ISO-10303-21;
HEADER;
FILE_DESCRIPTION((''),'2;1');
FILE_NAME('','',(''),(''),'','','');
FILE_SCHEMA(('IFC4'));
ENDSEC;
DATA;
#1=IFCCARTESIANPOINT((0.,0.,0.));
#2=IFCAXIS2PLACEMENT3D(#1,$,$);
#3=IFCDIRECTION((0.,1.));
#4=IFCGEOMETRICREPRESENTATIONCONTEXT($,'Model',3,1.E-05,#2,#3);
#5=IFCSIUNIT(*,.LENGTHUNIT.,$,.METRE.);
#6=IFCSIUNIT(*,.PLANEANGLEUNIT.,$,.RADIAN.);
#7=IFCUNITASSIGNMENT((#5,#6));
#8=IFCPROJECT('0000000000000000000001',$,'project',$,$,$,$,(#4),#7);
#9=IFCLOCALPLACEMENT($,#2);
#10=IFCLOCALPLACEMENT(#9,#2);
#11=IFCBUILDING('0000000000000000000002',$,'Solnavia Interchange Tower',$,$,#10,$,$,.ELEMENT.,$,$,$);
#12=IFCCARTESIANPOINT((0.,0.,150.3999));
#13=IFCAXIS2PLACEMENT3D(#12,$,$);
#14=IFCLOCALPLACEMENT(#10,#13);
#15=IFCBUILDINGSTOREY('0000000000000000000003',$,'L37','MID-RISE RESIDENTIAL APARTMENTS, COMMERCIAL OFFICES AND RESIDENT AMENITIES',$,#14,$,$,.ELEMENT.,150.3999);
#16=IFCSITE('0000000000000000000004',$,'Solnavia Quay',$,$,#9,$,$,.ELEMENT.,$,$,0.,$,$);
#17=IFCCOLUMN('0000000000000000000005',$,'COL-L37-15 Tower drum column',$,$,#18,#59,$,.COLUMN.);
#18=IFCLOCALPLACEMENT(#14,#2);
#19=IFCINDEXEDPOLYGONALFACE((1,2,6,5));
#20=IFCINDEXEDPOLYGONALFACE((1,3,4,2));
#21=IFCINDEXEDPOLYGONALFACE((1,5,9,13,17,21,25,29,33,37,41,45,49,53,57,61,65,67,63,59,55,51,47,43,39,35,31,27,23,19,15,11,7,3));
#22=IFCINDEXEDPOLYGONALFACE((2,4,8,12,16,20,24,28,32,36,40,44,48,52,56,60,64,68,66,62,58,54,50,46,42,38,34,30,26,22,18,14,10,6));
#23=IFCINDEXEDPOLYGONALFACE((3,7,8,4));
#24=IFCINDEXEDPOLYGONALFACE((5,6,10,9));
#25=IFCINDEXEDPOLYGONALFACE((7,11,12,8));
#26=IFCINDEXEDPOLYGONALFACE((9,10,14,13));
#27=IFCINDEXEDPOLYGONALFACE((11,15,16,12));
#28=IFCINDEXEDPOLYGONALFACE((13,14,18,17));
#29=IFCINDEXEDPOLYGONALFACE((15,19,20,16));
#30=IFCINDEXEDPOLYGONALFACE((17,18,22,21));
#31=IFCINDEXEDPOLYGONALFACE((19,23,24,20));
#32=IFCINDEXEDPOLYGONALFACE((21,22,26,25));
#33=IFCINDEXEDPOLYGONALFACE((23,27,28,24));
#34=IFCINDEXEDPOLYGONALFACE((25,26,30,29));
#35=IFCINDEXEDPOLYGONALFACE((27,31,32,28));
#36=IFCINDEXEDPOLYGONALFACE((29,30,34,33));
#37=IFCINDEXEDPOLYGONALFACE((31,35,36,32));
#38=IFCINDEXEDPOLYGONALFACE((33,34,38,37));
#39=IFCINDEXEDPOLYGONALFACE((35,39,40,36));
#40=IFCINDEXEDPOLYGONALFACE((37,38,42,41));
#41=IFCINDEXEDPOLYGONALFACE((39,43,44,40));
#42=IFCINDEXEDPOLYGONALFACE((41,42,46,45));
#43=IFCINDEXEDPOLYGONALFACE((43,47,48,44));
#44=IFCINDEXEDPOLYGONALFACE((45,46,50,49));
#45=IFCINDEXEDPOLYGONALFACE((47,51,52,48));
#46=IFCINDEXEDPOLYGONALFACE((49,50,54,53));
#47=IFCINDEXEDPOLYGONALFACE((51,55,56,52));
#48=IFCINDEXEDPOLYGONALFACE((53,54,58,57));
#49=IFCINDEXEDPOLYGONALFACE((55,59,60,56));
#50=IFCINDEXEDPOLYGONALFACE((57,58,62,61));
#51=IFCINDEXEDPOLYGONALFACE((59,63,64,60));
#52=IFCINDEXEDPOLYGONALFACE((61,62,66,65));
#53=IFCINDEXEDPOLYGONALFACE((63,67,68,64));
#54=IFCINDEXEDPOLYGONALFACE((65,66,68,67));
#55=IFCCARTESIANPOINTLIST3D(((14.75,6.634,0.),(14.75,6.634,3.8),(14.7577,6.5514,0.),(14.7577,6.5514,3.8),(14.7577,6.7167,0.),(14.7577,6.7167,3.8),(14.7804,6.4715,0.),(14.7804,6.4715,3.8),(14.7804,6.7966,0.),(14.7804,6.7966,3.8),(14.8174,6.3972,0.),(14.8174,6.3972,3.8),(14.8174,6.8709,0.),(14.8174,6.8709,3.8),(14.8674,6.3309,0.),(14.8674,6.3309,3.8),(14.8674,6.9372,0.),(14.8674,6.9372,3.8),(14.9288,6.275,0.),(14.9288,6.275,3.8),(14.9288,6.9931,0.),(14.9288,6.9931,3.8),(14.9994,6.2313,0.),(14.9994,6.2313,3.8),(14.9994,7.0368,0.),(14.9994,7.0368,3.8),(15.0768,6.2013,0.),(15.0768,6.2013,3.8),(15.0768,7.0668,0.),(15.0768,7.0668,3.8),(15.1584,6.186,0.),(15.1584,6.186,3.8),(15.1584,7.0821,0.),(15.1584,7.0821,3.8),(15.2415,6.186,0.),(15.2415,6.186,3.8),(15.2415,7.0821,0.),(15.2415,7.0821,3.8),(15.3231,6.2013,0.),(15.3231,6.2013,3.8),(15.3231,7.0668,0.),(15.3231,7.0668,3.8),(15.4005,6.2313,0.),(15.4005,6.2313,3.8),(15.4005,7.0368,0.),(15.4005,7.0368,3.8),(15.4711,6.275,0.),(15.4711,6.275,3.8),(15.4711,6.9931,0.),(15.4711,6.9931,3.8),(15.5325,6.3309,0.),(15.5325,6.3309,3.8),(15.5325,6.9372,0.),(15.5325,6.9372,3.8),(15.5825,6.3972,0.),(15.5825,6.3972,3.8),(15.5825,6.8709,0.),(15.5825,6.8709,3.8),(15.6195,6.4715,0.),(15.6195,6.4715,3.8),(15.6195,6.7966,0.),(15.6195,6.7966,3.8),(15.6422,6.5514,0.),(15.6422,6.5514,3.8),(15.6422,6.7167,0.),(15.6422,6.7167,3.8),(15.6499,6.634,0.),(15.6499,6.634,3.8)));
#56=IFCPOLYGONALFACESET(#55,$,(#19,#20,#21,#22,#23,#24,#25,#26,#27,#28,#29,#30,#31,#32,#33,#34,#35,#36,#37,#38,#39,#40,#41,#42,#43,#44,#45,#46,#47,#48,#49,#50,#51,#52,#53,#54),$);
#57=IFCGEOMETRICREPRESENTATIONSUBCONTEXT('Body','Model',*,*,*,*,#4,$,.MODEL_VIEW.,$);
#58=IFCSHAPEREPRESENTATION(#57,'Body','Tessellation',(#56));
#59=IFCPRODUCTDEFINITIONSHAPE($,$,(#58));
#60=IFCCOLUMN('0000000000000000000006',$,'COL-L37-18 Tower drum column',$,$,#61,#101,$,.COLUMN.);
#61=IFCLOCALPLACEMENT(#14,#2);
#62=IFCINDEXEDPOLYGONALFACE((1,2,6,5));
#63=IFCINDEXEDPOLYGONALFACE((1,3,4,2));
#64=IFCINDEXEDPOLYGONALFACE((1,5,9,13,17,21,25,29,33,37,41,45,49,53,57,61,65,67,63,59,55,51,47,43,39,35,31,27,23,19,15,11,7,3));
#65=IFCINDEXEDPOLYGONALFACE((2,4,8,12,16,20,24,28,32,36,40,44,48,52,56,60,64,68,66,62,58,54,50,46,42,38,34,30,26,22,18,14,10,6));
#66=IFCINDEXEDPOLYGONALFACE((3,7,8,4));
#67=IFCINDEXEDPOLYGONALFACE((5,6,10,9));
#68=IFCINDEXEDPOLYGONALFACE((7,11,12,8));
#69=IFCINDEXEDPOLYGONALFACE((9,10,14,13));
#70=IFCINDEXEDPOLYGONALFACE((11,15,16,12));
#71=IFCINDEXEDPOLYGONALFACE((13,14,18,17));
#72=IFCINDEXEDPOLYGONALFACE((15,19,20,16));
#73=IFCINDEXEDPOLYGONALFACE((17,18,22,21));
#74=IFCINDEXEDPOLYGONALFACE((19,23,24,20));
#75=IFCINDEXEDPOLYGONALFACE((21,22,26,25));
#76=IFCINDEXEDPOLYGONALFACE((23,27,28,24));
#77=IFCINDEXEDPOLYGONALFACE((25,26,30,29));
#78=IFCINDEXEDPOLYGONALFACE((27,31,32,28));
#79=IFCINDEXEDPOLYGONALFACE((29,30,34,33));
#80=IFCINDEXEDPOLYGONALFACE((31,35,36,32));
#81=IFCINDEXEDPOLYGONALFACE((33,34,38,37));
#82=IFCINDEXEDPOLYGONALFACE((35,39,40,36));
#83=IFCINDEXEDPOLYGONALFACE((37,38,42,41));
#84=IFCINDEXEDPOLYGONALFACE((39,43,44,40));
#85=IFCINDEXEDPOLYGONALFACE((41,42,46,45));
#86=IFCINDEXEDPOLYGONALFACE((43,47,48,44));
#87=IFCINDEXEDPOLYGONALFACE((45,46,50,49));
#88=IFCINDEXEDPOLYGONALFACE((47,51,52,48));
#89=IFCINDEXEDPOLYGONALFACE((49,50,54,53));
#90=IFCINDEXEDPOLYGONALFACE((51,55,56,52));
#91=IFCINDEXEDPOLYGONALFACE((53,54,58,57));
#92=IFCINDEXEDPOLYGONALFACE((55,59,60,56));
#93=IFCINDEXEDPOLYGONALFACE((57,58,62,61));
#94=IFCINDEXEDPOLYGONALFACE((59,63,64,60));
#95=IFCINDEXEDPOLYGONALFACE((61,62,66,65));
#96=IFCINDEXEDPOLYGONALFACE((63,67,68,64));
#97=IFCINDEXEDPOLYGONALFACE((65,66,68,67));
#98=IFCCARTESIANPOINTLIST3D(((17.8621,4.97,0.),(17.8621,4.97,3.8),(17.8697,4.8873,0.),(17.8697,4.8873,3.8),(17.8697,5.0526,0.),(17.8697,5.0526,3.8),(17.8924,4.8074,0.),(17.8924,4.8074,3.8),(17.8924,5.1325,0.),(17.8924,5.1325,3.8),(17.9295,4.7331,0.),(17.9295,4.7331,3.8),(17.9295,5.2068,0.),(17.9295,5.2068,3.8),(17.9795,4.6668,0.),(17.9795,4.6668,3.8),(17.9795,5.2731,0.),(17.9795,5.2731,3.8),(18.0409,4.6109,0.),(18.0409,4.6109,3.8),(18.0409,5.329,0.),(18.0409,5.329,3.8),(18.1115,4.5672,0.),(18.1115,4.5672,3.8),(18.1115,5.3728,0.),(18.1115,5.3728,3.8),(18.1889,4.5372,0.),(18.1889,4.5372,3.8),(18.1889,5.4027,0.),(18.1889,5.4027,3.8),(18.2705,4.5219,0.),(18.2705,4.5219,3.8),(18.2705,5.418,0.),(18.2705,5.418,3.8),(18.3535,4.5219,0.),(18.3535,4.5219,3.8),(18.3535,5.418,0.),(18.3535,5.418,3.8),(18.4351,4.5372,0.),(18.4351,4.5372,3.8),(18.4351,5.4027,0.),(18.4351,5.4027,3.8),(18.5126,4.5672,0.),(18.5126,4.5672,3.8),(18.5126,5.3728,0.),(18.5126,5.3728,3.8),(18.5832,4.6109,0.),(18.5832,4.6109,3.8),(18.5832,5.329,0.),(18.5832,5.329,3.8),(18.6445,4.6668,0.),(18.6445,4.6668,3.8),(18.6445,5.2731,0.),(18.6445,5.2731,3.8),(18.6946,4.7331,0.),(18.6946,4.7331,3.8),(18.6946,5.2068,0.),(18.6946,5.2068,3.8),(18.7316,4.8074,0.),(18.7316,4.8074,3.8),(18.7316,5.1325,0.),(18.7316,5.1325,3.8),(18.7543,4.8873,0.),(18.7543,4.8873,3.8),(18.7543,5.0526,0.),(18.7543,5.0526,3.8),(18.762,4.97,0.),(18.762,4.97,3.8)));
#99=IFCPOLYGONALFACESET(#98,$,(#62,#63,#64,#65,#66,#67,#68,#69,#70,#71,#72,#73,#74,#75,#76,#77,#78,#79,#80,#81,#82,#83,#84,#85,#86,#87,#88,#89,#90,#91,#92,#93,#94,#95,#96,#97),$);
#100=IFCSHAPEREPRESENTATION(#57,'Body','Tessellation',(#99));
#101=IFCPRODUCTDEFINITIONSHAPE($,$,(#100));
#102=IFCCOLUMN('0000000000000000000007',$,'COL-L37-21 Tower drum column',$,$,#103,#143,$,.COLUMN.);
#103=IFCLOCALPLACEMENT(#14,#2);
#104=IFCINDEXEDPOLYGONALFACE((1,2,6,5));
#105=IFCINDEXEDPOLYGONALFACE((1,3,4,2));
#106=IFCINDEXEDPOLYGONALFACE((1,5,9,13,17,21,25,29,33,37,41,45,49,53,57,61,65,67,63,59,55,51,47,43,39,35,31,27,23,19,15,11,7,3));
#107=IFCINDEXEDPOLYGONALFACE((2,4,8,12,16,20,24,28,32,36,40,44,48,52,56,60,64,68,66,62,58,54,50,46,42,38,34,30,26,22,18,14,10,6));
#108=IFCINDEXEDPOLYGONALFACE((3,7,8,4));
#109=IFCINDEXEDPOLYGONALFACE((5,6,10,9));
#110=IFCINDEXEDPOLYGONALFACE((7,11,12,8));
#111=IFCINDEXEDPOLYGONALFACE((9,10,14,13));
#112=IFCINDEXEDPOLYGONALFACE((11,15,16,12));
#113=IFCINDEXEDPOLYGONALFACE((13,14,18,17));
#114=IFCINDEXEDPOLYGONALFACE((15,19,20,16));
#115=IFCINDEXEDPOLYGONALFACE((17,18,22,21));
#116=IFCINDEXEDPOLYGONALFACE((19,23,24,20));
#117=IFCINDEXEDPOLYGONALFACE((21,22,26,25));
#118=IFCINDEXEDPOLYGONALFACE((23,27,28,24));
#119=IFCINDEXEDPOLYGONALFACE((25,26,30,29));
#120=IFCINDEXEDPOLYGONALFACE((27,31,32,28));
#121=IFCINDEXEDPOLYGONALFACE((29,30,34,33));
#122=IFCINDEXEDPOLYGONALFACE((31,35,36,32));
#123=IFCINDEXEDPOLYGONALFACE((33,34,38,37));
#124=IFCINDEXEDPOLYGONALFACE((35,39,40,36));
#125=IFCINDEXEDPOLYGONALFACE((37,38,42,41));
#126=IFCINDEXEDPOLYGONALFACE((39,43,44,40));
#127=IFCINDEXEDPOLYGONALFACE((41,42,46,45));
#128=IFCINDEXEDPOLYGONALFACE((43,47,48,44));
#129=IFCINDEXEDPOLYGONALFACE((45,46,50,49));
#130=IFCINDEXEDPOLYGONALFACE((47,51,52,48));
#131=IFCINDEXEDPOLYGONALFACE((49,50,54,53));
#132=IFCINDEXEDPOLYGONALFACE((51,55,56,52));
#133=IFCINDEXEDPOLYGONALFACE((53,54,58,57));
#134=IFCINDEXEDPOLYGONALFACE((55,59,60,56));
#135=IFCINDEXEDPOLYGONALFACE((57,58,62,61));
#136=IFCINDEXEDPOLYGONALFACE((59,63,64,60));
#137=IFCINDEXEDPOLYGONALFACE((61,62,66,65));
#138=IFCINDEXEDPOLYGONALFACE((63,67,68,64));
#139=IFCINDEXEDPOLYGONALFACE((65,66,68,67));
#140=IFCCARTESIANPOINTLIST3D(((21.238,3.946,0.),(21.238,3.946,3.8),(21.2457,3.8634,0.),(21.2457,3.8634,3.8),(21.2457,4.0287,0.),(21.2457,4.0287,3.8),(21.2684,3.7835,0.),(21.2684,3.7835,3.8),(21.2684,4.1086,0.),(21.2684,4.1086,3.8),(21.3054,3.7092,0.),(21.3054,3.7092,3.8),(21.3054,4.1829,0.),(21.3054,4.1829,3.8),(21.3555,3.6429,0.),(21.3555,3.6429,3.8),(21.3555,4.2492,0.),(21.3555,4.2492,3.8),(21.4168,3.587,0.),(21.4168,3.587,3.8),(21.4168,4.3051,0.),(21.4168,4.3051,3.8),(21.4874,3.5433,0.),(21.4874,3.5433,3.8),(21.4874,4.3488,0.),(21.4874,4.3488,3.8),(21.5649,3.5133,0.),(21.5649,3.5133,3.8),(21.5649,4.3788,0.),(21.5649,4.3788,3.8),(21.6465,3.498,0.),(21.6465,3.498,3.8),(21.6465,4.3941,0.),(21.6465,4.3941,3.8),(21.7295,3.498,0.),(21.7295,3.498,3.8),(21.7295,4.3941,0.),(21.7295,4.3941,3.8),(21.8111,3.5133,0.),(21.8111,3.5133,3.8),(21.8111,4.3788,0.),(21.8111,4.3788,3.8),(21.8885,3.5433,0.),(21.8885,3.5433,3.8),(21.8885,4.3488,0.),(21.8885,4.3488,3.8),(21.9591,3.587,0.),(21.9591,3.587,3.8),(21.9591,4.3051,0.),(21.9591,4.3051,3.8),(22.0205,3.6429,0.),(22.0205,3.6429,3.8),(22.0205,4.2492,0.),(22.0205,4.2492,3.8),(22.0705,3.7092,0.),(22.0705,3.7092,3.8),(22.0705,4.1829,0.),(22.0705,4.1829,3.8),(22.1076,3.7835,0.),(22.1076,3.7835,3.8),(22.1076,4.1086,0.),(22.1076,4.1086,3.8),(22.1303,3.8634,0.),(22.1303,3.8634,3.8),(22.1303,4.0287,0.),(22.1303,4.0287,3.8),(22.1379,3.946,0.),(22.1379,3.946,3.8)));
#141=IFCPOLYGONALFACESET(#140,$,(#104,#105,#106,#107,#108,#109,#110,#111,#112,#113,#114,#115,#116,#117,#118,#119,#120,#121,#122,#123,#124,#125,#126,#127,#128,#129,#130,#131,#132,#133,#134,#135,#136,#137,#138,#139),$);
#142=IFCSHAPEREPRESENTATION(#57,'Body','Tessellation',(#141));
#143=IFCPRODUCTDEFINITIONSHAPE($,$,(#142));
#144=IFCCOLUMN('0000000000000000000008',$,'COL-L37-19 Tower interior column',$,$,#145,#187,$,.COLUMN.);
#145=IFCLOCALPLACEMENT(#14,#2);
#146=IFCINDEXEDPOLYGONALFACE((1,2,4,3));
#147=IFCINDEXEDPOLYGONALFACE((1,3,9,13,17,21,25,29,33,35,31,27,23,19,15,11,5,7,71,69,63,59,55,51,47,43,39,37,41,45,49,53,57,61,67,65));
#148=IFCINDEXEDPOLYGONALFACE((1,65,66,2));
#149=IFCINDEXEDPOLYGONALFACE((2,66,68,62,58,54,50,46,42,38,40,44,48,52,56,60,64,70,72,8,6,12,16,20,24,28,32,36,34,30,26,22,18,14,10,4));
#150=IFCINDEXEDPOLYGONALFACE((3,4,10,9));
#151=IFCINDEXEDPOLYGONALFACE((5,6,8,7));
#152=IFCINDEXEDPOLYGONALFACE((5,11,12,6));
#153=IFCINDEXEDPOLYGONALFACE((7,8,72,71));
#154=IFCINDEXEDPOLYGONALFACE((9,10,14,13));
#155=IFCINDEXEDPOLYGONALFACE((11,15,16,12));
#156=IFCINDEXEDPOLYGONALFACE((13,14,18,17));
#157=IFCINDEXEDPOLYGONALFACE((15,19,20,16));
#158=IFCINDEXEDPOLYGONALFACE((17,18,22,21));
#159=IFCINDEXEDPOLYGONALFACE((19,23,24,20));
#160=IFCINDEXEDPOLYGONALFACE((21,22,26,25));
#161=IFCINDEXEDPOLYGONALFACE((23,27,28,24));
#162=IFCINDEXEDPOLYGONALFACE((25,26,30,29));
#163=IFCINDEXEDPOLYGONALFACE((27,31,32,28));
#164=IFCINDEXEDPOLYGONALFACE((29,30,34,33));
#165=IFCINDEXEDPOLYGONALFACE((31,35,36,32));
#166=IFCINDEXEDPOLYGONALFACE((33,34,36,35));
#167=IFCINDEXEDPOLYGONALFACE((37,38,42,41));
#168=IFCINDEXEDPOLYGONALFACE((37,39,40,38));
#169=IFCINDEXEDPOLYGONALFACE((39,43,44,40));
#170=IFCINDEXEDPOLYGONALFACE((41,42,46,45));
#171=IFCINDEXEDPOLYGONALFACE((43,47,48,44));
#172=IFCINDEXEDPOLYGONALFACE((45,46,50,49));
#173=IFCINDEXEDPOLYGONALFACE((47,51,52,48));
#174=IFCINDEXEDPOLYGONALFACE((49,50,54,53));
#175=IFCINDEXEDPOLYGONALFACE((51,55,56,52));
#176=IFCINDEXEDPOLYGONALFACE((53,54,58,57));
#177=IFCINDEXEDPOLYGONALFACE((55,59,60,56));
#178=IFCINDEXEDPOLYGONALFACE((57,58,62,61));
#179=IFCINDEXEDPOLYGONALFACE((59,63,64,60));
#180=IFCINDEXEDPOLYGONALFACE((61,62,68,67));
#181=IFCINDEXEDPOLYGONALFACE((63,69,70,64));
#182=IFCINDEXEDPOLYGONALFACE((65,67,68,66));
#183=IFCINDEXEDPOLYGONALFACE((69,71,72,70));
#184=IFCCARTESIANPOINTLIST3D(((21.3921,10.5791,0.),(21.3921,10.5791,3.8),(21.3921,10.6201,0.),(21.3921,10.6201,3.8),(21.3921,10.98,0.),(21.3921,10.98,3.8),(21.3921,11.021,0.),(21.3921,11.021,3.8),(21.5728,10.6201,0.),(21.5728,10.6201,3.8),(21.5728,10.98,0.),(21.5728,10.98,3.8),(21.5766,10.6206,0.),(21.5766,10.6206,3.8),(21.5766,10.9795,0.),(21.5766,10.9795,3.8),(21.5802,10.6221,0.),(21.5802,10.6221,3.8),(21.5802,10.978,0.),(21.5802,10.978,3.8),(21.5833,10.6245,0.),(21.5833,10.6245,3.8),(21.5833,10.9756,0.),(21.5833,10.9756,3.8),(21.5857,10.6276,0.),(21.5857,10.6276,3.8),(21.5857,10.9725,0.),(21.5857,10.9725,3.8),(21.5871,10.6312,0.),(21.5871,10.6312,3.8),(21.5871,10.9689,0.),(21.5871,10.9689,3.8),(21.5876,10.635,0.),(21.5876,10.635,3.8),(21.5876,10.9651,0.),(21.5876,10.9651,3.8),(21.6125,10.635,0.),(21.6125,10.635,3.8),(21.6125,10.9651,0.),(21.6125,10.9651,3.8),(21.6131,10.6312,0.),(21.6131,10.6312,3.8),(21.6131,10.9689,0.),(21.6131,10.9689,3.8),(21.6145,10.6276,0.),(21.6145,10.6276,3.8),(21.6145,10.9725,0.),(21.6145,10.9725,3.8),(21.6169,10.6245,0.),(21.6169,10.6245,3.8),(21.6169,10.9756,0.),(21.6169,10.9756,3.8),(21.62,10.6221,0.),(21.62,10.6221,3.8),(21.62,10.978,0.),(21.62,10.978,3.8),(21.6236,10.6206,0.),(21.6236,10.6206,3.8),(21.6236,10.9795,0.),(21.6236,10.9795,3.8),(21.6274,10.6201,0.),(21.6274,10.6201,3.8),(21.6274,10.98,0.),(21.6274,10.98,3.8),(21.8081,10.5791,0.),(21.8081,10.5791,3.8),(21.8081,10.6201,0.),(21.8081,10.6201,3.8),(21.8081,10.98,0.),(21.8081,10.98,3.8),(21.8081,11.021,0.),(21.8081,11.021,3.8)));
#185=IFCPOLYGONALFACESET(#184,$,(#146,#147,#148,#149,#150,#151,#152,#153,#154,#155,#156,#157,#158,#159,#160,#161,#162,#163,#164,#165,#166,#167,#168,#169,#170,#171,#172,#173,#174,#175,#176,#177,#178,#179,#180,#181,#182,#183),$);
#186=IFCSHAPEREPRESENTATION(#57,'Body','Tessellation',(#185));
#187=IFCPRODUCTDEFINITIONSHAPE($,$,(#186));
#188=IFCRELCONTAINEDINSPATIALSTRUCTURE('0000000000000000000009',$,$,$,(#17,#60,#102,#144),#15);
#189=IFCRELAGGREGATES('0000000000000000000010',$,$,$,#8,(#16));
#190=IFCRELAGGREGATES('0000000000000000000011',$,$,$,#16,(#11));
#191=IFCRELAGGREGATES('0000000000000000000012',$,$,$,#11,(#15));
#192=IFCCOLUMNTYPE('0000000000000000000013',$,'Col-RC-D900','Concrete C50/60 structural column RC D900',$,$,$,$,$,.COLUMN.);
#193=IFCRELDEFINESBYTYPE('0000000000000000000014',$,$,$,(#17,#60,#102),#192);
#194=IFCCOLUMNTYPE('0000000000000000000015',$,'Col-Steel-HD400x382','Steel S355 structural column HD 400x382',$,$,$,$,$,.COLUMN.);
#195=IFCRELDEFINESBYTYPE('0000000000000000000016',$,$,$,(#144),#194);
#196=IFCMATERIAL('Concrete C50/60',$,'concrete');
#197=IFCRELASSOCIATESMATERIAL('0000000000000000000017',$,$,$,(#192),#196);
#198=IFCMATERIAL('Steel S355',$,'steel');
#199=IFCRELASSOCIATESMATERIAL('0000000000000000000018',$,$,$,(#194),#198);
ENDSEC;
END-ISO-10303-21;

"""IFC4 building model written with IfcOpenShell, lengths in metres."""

from ifc_helpers import new_model, si_unit, direction, frame, origin, origin_2d, place, context, subcontext, project, spatial, circle, i_section, extrude, material, material_profile, profile_set, type_object, element, save


model = new_model("IFC4")

# Units and contexts
model_context = context("Model", 3, precision=1e-05, world=origin(), true_north=direction((0.0, 1.0)))
body_context = subcontext(model_context, "Body", "Model", "MODEL_VIEW")
ifc_project = project(units=[si_unit("LENGTHUNIT", "METRE"), si_unit("PLANEANGLEUNIT", "RADIAN")], contexts=[model_context])

# Site, building, storey
site_placement = place(None, origin())
site = spatial("IfcSite", under=ifc_project, at=site_placement, Name="Solnavia Quay", CompositionType="ELEMENT", RefElevation=0.0)
building_placement = place(site_placement, origin())
building = spatial("IfcBuilding", under=site, at=building_placement, Name="Solnavia Interchange Tower", CompositionType="ELEMENT")
storey_placement = place(building_placement, frame((0.0, 0.0, 150.3999)))
storey = spatial("IfcBuildingStorey", under=building, at=storey_placement, Name="L37", Description="MID-RISE RESIDENTIAL APARTMENTS, COMMERCIAL OFFICES AND RESIDENT AMENITIES", CompositionType="ELEMENT", Elevation=150.3999)

# Columns
ifc_material_1 = material(Name="Concrete C50/60", Category="concrete")
ifc_material_profile_1 = material_profile(ifc_material_1, circle(Radius=0.45, at=origin_2d()), Name="RC D900")
ifc_profile_set_1 = profile_set([ifc_material_profile_1], Name="Concrete C50/60")
column_type_1 = type_object("IfcColumnType", Name="Col-RC-D900", Description="Concrete C50/60 structural column RC D900", PredefinedType="COLUMN", material=ifc_profile_set_1)
for number, where, z_axis, x_axis, name in (
    (1, (15.2, 6.634, 0.0), (0.0, 0.0, 1.0), (1.0, 0.0, 0.0), "COL-L37-15 Tower drum column"),
    (2, (18.312, 4.97, 0.0), (0.0, 0.0, 1.0), (1.0, 0.0, 0.0), "COL-L37-18 Tower drum column"),
    (3, (21.688, 3.946, 0.0), (0.0, 0.0, 1.0), (1.0, 0.0, 0.0), "COL-L37-21 Tower drum column"),
):
    element("IfcColumn", number, at=place(storey_placement, frame(where, z_axis=z_axis, x_axis=x_axis)), inside=storey, type_object=column_type_1, Name=name, PredefinedType="COLUMN", context=body_context, shape_type="SweptSolid", body=[
        extrude(circle(Radius=0.45, at=origin_2d()), origin(), (0.0, 0.0, 1.0), 3.8),
    ])
ifc_material_2 = material(Name="Steel S355", Category="steel")
ifc_material_profile_2 = material_profile(ifc_material_2, i_section(OverallWidth=0.416, OverallDepth=0.4419, WebThickness=0.0249, FlangeThickness=0.041, FilletRadius=0.0149, at=origin_2d()), Name="HD 400x382")
ifc_profile_set_2 = profile_set([ifc_material_profile_2], Name="Steel S355")
column_type_2 = type_object("IfcColumnType", Name="Col-Steel-HD400x382", Description="Steel S355 structural column HD 400x382", PredefinedType="COLUMN", material=ifc_profile_set_2)
column_placement = place(storey_placement, frame((21.6001, 10.8, 0.0), z_axis=(0.0, 0.0, 1.0), x_axis=(1.0, 0.0, 0.0)))
element("IfcColumn", 4, at=column_placement, inside=storey, type_object=column_type_2, Name="COL-L37-19 Tower interior column", PredefinedType="COLUMN", context=body_context, shape_type="SweptSolid", body=[
    extrude(i_section(OverallWidth=0.416, OverallDepth=0.4419, WebThickness=0.0249, FlangeThickness=0.041, FilletRadius=0.0149, at=origin_2d()), origin(), (0.0, 0.0, 1.0), 3.8),
])

save(model, "model.ifc")
